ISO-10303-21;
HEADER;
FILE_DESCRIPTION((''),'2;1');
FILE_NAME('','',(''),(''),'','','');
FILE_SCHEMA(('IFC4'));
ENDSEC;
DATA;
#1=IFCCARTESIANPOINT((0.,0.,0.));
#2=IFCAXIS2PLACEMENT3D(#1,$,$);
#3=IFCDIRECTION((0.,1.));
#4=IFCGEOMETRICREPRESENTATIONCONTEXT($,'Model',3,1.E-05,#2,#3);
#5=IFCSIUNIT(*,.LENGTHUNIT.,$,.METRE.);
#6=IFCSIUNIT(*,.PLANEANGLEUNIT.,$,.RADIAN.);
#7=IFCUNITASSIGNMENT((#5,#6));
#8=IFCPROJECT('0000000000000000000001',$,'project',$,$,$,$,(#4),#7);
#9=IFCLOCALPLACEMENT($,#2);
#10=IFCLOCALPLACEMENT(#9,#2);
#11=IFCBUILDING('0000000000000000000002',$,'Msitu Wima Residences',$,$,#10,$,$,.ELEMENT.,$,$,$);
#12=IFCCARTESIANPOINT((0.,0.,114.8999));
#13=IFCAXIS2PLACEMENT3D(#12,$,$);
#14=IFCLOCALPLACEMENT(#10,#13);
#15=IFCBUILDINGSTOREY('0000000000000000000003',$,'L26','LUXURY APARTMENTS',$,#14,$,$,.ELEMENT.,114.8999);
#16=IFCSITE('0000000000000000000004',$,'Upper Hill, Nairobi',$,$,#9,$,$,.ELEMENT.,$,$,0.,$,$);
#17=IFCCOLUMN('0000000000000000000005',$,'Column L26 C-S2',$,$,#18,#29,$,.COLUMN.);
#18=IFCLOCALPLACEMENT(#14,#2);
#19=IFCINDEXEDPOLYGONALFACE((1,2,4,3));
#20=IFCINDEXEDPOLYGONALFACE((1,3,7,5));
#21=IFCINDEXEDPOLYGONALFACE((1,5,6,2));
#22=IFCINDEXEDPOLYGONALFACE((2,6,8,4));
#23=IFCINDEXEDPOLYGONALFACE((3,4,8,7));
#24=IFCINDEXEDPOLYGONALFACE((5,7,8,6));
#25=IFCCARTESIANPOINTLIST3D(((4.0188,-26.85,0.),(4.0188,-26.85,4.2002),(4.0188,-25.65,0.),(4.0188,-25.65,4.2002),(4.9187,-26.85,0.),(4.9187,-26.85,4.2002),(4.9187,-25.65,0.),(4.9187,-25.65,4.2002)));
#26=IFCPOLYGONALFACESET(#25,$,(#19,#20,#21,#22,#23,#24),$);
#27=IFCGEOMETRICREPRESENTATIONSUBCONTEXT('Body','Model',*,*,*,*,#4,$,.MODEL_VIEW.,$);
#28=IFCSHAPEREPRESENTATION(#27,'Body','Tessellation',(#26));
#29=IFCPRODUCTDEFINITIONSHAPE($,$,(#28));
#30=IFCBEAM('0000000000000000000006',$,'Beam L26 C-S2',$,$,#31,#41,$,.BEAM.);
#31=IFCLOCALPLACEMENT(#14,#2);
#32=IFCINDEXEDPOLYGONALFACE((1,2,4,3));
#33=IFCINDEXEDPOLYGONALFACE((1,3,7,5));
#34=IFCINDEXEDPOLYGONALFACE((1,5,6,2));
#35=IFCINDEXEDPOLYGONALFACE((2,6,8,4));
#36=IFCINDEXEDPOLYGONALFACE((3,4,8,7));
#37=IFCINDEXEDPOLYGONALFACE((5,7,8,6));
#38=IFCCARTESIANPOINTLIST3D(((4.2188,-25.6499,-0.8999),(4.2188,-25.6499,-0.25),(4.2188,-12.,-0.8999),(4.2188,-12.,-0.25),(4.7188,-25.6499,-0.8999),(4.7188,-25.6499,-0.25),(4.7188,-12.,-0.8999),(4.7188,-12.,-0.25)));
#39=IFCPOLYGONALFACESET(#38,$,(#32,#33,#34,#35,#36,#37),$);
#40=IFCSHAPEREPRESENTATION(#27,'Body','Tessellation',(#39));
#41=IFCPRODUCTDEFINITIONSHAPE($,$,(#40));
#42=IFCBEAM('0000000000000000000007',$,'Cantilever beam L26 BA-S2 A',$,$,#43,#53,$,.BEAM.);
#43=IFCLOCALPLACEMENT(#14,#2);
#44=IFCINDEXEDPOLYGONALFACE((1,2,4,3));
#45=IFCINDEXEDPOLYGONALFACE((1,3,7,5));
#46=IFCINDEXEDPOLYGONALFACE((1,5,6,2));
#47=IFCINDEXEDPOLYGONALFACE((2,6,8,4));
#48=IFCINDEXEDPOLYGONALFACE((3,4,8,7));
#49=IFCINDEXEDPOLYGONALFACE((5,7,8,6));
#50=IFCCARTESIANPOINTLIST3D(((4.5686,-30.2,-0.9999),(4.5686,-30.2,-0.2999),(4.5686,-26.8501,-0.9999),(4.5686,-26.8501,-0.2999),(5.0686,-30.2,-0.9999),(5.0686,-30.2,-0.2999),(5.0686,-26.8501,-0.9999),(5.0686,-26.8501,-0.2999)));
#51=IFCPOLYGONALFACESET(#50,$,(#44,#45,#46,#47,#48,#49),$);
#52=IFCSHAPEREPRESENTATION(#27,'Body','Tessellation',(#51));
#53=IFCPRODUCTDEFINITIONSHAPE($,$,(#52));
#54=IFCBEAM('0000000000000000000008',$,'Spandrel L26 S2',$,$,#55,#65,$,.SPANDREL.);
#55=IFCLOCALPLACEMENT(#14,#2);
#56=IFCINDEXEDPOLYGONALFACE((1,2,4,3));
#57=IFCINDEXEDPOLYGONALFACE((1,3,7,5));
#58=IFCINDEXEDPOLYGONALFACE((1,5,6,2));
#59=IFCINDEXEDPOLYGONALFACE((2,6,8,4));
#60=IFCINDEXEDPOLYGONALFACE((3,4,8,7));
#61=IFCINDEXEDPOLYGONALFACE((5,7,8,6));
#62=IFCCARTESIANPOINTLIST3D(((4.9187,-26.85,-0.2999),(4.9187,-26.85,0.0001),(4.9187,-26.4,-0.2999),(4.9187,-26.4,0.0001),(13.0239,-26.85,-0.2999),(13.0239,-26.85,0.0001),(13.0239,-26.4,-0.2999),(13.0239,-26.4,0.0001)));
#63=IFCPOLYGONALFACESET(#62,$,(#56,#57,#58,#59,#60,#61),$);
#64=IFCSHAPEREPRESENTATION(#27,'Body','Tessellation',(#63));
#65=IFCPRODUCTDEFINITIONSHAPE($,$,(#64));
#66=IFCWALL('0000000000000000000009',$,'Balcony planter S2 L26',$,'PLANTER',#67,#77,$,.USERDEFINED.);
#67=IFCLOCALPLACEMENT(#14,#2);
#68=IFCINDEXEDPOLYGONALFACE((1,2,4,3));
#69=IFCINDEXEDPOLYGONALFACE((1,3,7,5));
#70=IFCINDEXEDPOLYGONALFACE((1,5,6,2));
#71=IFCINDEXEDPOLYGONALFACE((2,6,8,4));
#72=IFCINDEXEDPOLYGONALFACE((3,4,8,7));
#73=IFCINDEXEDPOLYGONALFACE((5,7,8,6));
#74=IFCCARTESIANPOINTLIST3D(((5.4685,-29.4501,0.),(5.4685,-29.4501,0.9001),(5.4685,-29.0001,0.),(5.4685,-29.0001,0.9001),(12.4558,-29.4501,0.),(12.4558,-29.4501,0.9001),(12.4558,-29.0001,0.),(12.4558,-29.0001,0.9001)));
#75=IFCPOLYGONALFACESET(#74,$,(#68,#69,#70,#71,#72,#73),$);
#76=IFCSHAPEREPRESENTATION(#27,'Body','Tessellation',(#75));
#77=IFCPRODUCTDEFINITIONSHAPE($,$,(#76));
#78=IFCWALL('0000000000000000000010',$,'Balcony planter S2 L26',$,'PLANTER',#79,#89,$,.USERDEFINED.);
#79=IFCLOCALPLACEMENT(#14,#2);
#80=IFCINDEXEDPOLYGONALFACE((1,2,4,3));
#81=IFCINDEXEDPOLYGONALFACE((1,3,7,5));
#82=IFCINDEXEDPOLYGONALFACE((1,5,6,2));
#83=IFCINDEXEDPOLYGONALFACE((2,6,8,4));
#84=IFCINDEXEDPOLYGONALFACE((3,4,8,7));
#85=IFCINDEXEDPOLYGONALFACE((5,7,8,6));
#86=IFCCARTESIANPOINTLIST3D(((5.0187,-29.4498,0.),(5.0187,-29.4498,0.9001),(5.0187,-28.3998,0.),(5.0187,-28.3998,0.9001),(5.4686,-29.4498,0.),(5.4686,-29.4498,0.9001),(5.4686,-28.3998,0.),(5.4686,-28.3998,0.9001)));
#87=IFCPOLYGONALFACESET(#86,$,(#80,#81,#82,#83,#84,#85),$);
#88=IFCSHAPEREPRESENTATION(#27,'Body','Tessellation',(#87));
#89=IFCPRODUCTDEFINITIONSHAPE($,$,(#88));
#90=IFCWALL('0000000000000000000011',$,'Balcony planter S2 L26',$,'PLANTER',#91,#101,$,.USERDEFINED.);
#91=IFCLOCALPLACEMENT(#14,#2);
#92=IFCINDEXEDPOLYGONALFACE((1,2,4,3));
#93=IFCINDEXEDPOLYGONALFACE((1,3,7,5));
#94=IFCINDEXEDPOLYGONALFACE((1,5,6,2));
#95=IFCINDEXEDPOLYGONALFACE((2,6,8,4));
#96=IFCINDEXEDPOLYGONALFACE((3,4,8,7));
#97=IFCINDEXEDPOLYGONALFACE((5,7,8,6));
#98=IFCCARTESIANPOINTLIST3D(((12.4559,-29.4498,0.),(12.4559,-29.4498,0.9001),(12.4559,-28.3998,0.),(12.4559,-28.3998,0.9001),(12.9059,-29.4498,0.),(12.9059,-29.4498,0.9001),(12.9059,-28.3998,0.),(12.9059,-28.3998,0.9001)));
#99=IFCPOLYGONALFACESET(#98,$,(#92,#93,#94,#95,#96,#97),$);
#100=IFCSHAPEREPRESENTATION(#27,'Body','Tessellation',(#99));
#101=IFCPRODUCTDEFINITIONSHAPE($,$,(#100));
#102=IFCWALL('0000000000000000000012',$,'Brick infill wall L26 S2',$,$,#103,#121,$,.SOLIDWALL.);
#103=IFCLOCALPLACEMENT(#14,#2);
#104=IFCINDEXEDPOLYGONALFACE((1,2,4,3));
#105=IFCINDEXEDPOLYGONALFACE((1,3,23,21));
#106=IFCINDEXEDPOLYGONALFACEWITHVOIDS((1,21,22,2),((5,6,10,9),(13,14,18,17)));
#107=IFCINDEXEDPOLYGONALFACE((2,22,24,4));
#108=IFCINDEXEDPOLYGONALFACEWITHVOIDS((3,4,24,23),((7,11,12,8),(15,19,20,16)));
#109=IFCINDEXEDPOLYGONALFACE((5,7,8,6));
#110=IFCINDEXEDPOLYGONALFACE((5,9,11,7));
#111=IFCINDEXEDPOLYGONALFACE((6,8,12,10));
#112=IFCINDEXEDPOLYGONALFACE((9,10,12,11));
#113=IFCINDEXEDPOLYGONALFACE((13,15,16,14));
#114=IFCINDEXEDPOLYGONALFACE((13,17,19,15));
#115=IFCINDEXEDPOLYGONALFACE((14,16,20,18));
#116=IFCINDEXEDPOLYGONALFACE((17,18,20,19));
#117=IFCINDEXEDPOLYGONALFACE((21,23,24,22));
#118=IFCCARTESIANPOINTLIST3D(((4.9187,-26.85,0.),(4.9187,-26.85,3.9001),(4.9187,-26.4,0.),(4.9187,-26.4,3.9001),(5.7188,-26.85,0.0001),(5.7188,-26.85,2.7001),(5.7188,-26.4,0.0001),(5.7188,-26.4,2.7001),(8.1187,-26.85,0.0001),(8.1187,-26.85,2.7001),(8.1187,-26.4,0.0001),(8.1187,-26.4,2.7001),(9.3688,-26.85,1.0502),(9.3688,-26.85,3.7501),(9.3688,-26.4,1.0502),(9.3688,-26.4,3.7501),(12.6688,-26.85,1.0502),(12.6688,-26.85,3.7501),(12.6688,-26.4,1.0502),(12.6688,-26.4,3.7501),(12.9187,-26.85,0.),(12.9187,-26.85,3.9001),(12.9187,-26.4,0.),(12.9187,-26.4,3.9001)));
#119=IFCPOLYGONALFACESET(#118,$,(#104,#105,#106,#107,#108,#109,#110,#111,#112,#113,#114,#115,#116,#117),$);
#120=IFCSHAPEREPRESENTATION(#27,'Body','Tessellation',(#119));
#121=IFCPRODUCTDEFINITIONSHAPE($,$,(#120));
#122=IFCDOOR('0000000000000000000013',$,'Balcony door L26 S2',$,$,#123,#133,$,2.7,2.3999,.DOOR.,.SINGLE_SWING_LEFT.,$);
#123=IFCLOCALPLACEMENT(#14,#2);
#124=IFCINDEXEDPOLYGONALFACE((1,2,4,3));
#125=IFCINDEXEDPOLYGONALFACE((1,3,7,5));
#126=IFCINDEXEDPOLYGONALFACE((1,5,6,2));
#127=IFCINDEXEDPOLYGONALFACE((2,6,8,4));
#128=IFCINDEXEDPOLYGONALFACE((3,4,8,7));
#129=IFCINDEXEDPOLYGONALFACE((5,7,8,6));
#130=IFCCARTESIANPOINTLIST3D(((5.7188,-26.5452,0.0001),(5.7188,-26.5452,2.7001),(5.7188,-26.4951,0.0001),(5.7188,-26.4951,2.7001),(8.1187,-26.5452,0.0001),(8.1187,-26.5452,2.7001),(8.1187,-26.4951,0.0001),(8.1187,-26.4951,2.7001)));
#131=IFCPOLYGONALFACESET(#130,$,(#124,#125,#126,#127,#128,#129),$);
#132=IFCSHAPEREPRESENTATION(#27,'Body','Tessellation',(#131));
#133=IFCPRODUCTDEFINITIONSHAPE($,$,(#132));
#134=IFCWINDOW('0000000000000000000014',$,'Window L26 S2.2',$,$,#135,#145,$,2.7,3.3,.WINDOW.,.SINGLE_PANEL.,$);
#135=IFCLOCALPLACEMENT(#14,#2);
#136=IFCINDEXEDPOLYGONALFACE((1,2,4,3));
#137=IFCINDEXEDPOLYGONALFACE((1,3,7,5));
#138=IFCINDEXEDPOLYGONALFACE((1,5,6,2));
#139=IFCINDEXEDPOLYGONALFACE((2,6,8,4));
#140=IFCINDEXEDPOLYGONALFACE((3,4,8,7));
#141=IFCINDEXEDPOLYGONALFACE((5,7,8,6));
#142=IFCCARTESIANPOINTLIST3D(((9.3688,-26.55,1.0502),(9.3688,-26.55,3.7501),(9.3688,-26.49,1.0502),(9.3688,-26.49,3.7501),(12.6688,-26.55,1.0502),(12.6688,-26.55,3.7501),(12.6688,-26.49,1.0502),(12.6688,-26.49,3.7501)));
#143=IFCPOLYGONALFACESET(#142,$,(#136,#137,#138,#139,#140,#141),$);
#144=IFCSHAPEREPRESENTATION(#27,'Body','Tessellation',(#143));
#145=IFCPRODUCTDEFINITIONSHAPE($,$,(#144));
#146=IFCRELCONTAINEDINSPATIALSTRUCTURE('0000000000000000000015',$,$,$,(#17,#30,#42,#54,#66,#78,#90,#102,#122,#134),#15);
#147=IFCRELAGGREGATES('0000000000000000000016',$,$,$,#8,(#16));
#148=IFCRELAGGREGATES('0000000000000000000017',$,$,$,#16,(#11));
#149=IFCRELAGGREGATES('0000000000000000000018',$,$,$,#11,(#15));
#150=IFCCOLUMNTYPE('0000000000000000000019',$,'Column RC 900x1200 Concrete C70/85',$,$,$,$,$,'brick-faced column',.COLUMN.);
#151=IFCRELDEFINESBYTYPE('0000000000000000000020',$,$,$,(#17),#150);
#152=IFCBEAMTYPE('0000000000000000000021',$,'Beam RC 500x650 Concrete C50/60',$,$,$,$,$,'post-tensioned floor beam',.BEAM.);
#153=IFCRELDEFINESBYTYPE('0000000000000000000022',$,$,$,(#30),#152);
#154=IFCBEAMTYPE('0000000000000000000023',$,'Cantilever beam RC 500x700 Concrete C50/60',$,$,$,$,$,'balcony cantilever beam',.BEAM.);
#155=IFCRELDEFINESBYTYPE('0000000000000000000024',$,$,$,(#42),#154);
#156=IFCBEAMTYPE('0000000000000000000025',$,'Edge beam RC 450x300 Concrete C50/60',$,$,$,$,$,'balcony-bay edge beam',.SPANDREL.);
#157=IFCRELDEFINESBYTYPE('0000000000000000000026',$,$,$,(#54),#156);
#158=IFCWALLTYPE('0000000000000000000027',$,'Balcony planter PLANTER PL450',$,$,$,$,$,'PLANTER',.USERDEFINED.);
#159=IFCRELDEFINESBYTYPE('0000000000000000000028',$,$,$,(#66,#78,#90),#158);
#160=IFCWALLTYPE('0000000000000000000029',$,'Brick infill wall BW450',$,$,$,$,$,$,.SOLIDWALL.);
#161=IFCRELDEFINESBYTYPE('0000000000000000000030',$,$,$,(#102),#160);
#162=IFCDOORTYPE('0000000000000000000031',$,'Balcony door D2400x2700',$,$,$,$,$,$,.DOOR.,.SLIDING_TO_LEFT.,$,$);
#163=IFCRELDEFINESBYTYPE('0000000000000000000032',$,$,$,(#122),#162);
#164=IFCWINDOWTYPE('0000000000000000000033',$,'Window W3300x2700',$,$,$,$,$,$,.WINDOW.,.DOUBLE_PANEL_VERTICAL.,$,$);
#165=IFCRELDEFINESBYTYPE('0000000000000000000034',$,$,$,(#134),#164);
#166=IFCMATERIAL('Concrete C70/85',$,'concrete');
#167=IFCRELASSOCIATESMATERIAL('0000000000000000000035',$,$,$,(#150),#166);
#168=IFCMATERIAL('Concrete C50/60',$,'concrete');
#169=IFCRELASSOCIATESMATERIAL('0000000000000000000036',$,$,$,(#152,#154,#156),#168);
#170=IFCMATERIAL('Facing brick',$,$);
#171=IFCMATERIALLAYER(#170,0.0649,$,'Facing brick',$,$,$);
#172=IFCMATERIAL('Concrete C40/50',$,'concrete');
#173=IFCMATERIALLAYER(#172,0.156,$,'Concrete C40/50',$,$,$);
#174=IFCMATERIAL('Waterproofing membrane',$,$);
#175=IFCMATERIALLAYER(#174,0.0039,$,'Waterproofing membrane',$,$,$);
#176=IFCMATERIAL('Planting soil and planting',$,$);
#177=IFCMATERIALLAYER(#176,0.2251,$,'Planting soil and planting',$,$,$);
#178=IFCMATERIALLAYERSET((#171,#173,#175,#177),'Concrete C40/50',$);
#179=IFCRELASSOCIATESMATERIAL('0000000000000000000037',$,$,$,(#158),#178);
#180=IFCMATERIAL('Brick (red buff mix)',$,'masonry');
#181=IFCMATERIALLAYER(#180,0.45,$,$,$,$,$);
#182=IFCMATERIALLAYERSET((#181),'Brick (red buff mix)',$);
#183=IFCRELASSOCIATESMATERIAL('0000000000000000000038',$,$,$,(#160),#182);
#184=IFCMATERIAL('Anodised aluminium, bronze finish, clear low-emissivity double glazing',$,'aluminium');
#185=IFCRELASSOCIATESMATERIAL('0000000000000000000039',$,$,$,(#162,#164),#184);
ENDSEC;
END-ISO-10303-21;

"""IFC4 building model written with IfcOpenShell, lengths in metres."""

from ifc_helpers import new_model, si_unit, direction, frame, frame_2d, origin, origin_2d, place, context, subcontext, project, spatial, rectangle, extrude, material, layer, layer_set, material_profile, profile_set, type_object, element, fill, save


model = new_model("IFC4")

# Units and contexts
model_context = context("Model", 3, precision=1e-05, world=origin(), true_north=direction((0.0, 1.0)))
body_context = subcontext(model_context, "Body", "Model", "MODEL_VIEW")
ifc_project = project(units=[si_unit("LENGTHUNIT", "METRE"), si_unit("PLANEANGLEUNIT", "RADIAN")], contexts=[model_context])

# Site, building, storey
site_placement = place(None, origin())
site = spatial("IfcSite", under=ifc_project, at=site_placement, Name="Upper Hill, Nairobi", CompositionType="ELEMENT", RefElevation=0.0)
building_placement = place(site_placement, origin())
building = spatial("IfcBuilding", under=site, at=building_placement, Name="Msitu Wima Residences", CompositionType="ELEMENT")
storey_placement = place(building_placement, frame((0.0, 0.0, 114.8999)))
storey = spatial("IfcBuildingStorey", under=building, at=storey_placement, Name="L26", Description="LUXURY APARTMENTS", CompositionType="ELEMENT", Elevation=114.8999)

# Column
ifc_material_1 = material(Name="Concrete C70/85", Category="concrete")
ifc_material_profile_1 = material_profile(ifc_material_1, rectangle(XDim=0.8999, YDim=1.2, at=origin_2d()), Name="RC 900x1200")
ifc_profile_set_1 = profile_set([ifc_material_profile_1], Name="Concrete C70/85")
column_type = type_object("IfcColumnType", Name="Column RC 900x1200 Concrete C70/85", ElementType="brick-faced column", PredefinedType="COLUMN", material=ifc_profile_set_1)
column_placement = place(storey_placement, frame((4.4688, -26.25, 0.0), z_axis=(0.0, 0.0, 1.0), x_axis=(1.0, 0.0, 0.0)))
element("IfcColumn", 1, at=column_placement, inside=storey, type_object=column_type, Name="Column L26 C-S2", PredefinedType="COLUMN", context=body_context, shape_type="SweptSolid", body=[
    extrude(rectangle(XDim=0.8999, YDim=1.2, at=origin_2d()), origin(), (0.0, 0.0, 1.0), 4.2002),
])

# Beams
ifc_material_2 = material(Name="Concrete C50/60", Category="concrete")
ifc_material_profile_2 = material_profile(ifc_material_2, rectangle(XDim=0.5, YDim=0.6499, at=origin_2d()), Name="RC 500x650")
ifc_profile_set_2 = profile_set([ifc_material_profile_2], Name="Concrete C50/60")
beam_type_1 = type_object("IfcBeamType", Name="Beam RC 500x650 Concrete C50/60", ElementType="post-tensioned floor beam", PredefinedType="BEAM", material=ifc_profile_set_2)
beam_1_placement = place(storey_placement, frame((4.4688, -25.6499, -0.575), z_axis=(0.0, 1.0, 0.0), x_axis=(-1.0, 0.0, 0.0)))
element("IfcBeam", 2, at=beam_1_placement, inside=storey, type_object=beam_type_1, Name="Beam L26 C-S2", PredefinedType="BEAM", context=body_context, shape_type="SweptSolid", body=[
    extrude(rectangle(XDim=0.5, YDim=0.6499, at=origin_2d()), origin(), (0.0, 0.0, 1.0), 13.6499),
])
ifc_material_profile_3 = material_profile(ifc_material_2, rectangle(XDim=0.5, YDim=0.7, at=origin_2d()), Name="RC 500x700")
ifc_profile_set_3 = profile_set([ifc_material_profile_3], Name="Concrete C50/60")
beam_type_2 = type_object("IfcBeamType", Name="Cantilever beam RC 500x700 Concrete C50/60", ElementType="balcony cantilever beam", PredefinedType="BEAM", material=ifc_profile_set_3)
beam_2_placement = place(storey_placement, frame((4.8186, -26.8501, -0.6499), z_axis=(0.0, -1.0, 0.0), x_axis=(1.0, 0.0, 0.0)))
element("IfcBeam", 3, at=beam_2_placement, inside=storey, type_object=beam_type_2, Name="Cantilever beam L26 BA-S2 A", PredefinedType="BEAM", context=body_context, shape_type="SweptSolid", body=[
    extrude(rectangle(XDim=0.5, YDim=0.7, at=origin_2d()), origin(), (0.0, 0.0, 1.0), 3.3499),
])
ifc_material_profile_4 = material_profile(ifc_material_2, rectangle(XDim=0.45, YDim=0.3, at=origin_2d()), Name="RC 450x300")
ifc_profile_set_4 = profile_set([ifc_material_profile_4], Name="Concrete C50/60")
beam_type_3 = type_object("IfcBeamType", Name="Edge beam RC 450x300 Concrete C50/60", ElementType="balcony-bay edge beam", PredefinedType="SPANDREL", material=ifc_profile_set_4)
beam_3_placement = place(storey_placement, frame((4.9187, -26.625, -0.1499), z_axis=(1.0, 0.0, 0.0), x_axis=(0.0, 1.0, 0.0)))
element("IfcBeam", 4, at=beam_3_placement, inside=storey, type_object=beam_type_3, Name="Spandrel L26 S2", PredefinedType="SPANDREL", context=body_context, shape_type="SweptSolid", body=[
    extrude(rectangle(XDim=0.45, YDim=0.3, at=origin_2d()), origin(), (0.0, 0.0, 1.0), 8.1052),
])

# Walls
ifc_material_3 = material(Name="Facing brick")
ifc_layer_1 = layer(ifc_material_3, 0.0649, Name="Facing brick")
ifc_material_4 = material(Name="Concrete C40/50", Category="concrete")
ifc_layer_2 = layer(ifc_material_4, 0.156, Name="Concrete C40/50")
ifc_material_5 = material(Name="Waterproofing membrane")
ifc_layer_3 = layer(ifc_material_5, 0.0039, Name="Waterproofing membrane")
ifc_material_6 = material(Name="Planting soil and planting")
ifc_layer_4 = layer(ifc_material_6, 0.2251, Name="Planting soil and planting")
ifc_layer_set_1 = layer_set([ifc_layer_1, ifc_layer_2, ifc_layer_3, ifc_layer_4], Name="Concrete C40/50")
wall_type_1 = type_object("IfcWallType", Name="Balcony planter PLANTER PL450", ElementType="PLANTER", PredefinedType="USERDEFINED", material=ifc_layer_set_1)
wall_1_placement = place(storey_placement, frame((5.4685, -29.2251, 0.0), z_axis=(0.0, 0.0, 1.0), x_axis=(1.0, 0.0, 0.0)))
element("IfcWall", 5, at=wall_1_placement, inside=storey, type_object=wall_type_1, Name="Balcony planter S2 L26", ObjectType="PLANTER", PredefinedType="USERDEFINED", context=body_context, shape_type="SweptSolid", body=[
    extrude(rectangle(XDim=6.9873, YDim=0.45, at=frame_2d((3.4937, 0.0))), origin(), (0.0, 0.0, 1.0), 0.9001),
])
for number, where, z_axis, x_axis, name in (
    (6, (5.2437, -28.3999, 0.0), (0.0, 0.0, 1.0), (0.0, -1.0, 0.0), "Balcony planter S2 L26"),
    (7, (12.6809, -28.3999, 0.0), (0.0, 0.0, 1.0), (0.0, -1.0, 0.0), "Balcony planter S2 L26"),
):
    element("IfcWall", number, at=place(storey_placement, frame(where, z_axis=z_axis, x_axis=x_axis)), inside=storey, type_object=wall_type_1, Name=name, ObjectType="PLANTER", PredefinedType="USERDEFINED", context=body_context, shape_type="SweptSolid", body=[
        extrude(rectangle(XDim=1.05, YDim=0.45, at=frame_2d((0.5249, 0.0))), origin(), (0.0, 0.0, 1.0), 0.9001),
    ])

# Wall, openings, door, window
ifc_material_7 = material(Name="Brick (red buff mix)", Category="masonry")
ifc_layer_5 = layer(ifc_material_7, 0.45)
ifc_layer_set_2 = layer_set([ifc_layer_5], Name="Brick (red buff mix)")
wall_type_2 = type_object("IfcWallType", Name="Brick infill wall BW450", PredefinedType="SOLIDWALL", material=ifc_layer_set_2)
wall_2_placement = place(storey_placement, frame((4.9187, -26.625, 0.0), z_axis=(0.0, 0.0, 1.0), x_axis=(1.0, 0.0, 0.0)))
wall_2 = element("IfcWall", 8, at=wall_2_placement, inside=storey, type_object=wall_type_2, Name="Brick infill wall L26 S2", PredefinedType="SOLIDWALL", context=body_context, shape_type="SweptSolid", body=[
    extrude(rectangle(XDim=8.0, YDim=0.45, at=frame_2d((4.0, 0.0))), origin(), (0.0, 0.0, 1.0), 3.9001),
])
opening_1_placement = place(wall_2_placement, frame((0.8, 0.0, 0.0)))
opening_1 = element("IfcOpeningElement", 9, at=opening_1_placement, cuts=wall_2, PredefinedType="OPENING", context=body_context, shape_type="SweptSolid", body=[
    extrude(rectangle(XDim=2.3999, YDim=2.7, at=frame_2d((1.2, 1.3501))), frame((0.0, 0.2349, 0.0), z_axis=(0.0, -1.0, 0.0), x_axis=(1.0, 0.0, 0.0)), (0.0, 0.0, 1.0), 0.47),
])
opening_2_placement = place(wall_2_placement, frame((4.4502, 0.0, 1.05)))
opening_2 = element("IfcOpeningElement", 10, at=opening_2_placement, cuts=wall_2, PredefinedType="OPENING", context=body_context, shape_type="SweptSolid", body=[
    extrude(rectangle(XDim=3.3, YDim=2.7, at=frame_2d((1.6499, 1.3501))), frame((0.0, 0.2349, 0.0), z_axis=(0.0, -1.0, 0.0), x_axis=(1.0, 0.0, 0.0)), (0.0, 0.0, 1.0), 0.47),
])
ifc_material_8 = material(Name="Anodised aluminium, bronze finish, clear low-emissivity double glazing", Category="aluminium")
door_type_1 = type_object("IfcDoorType", Name="Balcony door D2400x2700", OperationType="SLIDING_TO_LEFT", PredefinedType="DOOR", material=ifc_material_8)
door_1_placement = place(opening_1_placement, origin())
door_1 = element("IfcDoor", 11, at=door_1_placement, inside=storey, type_object=door_type_1, Name="Balcony door L26 S2", OperationType="SINGLE_SWING_LEFT", OverallHeight=2.7, OverallWidth=2.3999, PredefinedType="DOOR", context=body_context, shape_type="SweptSolid", body=[
    extrude(rectangle(XDim=2.3999, YDim=2.7, at=frame_2d((1.2, 1.3501))), frame((0.0, 0.1299, 0.0), z_axis=(0.0, -1.0, 0.0), x_axis=(1.0, 0.0, 0.0)), (0.0, 0.0, 1.0), 0.05),
])
fill(opening_1, door_1)
window_type = type_object("IfcWindowType", Name="Window W3300x2700", PartitioningType="DOUBLE_PANEL_VERTICAL", PredefinedType="WINDOW", material=ifc_material_8)
window_placement = place(opening_2_placement, origin())
window = element("IfcWindow", 12, at=window_placement, inside=storey, type_object=window_type, Name="Window L26 S2.2", OverallHeight=2.7, OverallWidth=3.3, PartitioningType="SINGLE_PANEL", PredefinedType="WINDOW", context=body_context, shape_type="SweptSolid", body=[
    extrude(rectangle(XDim=3.3, YDim=2.7, at=frame_2d((1.6499, 1.3501))), frame((0.0, 0.135, 0.0), z_axis=(0.0, -1.0, 0.0), x_axis=(1.0, 0.0, 0.0)), (0.0, 0.0, 1.0), 0.0601),
])
fill(opening_2, window)

save(model, "model.ifc")
